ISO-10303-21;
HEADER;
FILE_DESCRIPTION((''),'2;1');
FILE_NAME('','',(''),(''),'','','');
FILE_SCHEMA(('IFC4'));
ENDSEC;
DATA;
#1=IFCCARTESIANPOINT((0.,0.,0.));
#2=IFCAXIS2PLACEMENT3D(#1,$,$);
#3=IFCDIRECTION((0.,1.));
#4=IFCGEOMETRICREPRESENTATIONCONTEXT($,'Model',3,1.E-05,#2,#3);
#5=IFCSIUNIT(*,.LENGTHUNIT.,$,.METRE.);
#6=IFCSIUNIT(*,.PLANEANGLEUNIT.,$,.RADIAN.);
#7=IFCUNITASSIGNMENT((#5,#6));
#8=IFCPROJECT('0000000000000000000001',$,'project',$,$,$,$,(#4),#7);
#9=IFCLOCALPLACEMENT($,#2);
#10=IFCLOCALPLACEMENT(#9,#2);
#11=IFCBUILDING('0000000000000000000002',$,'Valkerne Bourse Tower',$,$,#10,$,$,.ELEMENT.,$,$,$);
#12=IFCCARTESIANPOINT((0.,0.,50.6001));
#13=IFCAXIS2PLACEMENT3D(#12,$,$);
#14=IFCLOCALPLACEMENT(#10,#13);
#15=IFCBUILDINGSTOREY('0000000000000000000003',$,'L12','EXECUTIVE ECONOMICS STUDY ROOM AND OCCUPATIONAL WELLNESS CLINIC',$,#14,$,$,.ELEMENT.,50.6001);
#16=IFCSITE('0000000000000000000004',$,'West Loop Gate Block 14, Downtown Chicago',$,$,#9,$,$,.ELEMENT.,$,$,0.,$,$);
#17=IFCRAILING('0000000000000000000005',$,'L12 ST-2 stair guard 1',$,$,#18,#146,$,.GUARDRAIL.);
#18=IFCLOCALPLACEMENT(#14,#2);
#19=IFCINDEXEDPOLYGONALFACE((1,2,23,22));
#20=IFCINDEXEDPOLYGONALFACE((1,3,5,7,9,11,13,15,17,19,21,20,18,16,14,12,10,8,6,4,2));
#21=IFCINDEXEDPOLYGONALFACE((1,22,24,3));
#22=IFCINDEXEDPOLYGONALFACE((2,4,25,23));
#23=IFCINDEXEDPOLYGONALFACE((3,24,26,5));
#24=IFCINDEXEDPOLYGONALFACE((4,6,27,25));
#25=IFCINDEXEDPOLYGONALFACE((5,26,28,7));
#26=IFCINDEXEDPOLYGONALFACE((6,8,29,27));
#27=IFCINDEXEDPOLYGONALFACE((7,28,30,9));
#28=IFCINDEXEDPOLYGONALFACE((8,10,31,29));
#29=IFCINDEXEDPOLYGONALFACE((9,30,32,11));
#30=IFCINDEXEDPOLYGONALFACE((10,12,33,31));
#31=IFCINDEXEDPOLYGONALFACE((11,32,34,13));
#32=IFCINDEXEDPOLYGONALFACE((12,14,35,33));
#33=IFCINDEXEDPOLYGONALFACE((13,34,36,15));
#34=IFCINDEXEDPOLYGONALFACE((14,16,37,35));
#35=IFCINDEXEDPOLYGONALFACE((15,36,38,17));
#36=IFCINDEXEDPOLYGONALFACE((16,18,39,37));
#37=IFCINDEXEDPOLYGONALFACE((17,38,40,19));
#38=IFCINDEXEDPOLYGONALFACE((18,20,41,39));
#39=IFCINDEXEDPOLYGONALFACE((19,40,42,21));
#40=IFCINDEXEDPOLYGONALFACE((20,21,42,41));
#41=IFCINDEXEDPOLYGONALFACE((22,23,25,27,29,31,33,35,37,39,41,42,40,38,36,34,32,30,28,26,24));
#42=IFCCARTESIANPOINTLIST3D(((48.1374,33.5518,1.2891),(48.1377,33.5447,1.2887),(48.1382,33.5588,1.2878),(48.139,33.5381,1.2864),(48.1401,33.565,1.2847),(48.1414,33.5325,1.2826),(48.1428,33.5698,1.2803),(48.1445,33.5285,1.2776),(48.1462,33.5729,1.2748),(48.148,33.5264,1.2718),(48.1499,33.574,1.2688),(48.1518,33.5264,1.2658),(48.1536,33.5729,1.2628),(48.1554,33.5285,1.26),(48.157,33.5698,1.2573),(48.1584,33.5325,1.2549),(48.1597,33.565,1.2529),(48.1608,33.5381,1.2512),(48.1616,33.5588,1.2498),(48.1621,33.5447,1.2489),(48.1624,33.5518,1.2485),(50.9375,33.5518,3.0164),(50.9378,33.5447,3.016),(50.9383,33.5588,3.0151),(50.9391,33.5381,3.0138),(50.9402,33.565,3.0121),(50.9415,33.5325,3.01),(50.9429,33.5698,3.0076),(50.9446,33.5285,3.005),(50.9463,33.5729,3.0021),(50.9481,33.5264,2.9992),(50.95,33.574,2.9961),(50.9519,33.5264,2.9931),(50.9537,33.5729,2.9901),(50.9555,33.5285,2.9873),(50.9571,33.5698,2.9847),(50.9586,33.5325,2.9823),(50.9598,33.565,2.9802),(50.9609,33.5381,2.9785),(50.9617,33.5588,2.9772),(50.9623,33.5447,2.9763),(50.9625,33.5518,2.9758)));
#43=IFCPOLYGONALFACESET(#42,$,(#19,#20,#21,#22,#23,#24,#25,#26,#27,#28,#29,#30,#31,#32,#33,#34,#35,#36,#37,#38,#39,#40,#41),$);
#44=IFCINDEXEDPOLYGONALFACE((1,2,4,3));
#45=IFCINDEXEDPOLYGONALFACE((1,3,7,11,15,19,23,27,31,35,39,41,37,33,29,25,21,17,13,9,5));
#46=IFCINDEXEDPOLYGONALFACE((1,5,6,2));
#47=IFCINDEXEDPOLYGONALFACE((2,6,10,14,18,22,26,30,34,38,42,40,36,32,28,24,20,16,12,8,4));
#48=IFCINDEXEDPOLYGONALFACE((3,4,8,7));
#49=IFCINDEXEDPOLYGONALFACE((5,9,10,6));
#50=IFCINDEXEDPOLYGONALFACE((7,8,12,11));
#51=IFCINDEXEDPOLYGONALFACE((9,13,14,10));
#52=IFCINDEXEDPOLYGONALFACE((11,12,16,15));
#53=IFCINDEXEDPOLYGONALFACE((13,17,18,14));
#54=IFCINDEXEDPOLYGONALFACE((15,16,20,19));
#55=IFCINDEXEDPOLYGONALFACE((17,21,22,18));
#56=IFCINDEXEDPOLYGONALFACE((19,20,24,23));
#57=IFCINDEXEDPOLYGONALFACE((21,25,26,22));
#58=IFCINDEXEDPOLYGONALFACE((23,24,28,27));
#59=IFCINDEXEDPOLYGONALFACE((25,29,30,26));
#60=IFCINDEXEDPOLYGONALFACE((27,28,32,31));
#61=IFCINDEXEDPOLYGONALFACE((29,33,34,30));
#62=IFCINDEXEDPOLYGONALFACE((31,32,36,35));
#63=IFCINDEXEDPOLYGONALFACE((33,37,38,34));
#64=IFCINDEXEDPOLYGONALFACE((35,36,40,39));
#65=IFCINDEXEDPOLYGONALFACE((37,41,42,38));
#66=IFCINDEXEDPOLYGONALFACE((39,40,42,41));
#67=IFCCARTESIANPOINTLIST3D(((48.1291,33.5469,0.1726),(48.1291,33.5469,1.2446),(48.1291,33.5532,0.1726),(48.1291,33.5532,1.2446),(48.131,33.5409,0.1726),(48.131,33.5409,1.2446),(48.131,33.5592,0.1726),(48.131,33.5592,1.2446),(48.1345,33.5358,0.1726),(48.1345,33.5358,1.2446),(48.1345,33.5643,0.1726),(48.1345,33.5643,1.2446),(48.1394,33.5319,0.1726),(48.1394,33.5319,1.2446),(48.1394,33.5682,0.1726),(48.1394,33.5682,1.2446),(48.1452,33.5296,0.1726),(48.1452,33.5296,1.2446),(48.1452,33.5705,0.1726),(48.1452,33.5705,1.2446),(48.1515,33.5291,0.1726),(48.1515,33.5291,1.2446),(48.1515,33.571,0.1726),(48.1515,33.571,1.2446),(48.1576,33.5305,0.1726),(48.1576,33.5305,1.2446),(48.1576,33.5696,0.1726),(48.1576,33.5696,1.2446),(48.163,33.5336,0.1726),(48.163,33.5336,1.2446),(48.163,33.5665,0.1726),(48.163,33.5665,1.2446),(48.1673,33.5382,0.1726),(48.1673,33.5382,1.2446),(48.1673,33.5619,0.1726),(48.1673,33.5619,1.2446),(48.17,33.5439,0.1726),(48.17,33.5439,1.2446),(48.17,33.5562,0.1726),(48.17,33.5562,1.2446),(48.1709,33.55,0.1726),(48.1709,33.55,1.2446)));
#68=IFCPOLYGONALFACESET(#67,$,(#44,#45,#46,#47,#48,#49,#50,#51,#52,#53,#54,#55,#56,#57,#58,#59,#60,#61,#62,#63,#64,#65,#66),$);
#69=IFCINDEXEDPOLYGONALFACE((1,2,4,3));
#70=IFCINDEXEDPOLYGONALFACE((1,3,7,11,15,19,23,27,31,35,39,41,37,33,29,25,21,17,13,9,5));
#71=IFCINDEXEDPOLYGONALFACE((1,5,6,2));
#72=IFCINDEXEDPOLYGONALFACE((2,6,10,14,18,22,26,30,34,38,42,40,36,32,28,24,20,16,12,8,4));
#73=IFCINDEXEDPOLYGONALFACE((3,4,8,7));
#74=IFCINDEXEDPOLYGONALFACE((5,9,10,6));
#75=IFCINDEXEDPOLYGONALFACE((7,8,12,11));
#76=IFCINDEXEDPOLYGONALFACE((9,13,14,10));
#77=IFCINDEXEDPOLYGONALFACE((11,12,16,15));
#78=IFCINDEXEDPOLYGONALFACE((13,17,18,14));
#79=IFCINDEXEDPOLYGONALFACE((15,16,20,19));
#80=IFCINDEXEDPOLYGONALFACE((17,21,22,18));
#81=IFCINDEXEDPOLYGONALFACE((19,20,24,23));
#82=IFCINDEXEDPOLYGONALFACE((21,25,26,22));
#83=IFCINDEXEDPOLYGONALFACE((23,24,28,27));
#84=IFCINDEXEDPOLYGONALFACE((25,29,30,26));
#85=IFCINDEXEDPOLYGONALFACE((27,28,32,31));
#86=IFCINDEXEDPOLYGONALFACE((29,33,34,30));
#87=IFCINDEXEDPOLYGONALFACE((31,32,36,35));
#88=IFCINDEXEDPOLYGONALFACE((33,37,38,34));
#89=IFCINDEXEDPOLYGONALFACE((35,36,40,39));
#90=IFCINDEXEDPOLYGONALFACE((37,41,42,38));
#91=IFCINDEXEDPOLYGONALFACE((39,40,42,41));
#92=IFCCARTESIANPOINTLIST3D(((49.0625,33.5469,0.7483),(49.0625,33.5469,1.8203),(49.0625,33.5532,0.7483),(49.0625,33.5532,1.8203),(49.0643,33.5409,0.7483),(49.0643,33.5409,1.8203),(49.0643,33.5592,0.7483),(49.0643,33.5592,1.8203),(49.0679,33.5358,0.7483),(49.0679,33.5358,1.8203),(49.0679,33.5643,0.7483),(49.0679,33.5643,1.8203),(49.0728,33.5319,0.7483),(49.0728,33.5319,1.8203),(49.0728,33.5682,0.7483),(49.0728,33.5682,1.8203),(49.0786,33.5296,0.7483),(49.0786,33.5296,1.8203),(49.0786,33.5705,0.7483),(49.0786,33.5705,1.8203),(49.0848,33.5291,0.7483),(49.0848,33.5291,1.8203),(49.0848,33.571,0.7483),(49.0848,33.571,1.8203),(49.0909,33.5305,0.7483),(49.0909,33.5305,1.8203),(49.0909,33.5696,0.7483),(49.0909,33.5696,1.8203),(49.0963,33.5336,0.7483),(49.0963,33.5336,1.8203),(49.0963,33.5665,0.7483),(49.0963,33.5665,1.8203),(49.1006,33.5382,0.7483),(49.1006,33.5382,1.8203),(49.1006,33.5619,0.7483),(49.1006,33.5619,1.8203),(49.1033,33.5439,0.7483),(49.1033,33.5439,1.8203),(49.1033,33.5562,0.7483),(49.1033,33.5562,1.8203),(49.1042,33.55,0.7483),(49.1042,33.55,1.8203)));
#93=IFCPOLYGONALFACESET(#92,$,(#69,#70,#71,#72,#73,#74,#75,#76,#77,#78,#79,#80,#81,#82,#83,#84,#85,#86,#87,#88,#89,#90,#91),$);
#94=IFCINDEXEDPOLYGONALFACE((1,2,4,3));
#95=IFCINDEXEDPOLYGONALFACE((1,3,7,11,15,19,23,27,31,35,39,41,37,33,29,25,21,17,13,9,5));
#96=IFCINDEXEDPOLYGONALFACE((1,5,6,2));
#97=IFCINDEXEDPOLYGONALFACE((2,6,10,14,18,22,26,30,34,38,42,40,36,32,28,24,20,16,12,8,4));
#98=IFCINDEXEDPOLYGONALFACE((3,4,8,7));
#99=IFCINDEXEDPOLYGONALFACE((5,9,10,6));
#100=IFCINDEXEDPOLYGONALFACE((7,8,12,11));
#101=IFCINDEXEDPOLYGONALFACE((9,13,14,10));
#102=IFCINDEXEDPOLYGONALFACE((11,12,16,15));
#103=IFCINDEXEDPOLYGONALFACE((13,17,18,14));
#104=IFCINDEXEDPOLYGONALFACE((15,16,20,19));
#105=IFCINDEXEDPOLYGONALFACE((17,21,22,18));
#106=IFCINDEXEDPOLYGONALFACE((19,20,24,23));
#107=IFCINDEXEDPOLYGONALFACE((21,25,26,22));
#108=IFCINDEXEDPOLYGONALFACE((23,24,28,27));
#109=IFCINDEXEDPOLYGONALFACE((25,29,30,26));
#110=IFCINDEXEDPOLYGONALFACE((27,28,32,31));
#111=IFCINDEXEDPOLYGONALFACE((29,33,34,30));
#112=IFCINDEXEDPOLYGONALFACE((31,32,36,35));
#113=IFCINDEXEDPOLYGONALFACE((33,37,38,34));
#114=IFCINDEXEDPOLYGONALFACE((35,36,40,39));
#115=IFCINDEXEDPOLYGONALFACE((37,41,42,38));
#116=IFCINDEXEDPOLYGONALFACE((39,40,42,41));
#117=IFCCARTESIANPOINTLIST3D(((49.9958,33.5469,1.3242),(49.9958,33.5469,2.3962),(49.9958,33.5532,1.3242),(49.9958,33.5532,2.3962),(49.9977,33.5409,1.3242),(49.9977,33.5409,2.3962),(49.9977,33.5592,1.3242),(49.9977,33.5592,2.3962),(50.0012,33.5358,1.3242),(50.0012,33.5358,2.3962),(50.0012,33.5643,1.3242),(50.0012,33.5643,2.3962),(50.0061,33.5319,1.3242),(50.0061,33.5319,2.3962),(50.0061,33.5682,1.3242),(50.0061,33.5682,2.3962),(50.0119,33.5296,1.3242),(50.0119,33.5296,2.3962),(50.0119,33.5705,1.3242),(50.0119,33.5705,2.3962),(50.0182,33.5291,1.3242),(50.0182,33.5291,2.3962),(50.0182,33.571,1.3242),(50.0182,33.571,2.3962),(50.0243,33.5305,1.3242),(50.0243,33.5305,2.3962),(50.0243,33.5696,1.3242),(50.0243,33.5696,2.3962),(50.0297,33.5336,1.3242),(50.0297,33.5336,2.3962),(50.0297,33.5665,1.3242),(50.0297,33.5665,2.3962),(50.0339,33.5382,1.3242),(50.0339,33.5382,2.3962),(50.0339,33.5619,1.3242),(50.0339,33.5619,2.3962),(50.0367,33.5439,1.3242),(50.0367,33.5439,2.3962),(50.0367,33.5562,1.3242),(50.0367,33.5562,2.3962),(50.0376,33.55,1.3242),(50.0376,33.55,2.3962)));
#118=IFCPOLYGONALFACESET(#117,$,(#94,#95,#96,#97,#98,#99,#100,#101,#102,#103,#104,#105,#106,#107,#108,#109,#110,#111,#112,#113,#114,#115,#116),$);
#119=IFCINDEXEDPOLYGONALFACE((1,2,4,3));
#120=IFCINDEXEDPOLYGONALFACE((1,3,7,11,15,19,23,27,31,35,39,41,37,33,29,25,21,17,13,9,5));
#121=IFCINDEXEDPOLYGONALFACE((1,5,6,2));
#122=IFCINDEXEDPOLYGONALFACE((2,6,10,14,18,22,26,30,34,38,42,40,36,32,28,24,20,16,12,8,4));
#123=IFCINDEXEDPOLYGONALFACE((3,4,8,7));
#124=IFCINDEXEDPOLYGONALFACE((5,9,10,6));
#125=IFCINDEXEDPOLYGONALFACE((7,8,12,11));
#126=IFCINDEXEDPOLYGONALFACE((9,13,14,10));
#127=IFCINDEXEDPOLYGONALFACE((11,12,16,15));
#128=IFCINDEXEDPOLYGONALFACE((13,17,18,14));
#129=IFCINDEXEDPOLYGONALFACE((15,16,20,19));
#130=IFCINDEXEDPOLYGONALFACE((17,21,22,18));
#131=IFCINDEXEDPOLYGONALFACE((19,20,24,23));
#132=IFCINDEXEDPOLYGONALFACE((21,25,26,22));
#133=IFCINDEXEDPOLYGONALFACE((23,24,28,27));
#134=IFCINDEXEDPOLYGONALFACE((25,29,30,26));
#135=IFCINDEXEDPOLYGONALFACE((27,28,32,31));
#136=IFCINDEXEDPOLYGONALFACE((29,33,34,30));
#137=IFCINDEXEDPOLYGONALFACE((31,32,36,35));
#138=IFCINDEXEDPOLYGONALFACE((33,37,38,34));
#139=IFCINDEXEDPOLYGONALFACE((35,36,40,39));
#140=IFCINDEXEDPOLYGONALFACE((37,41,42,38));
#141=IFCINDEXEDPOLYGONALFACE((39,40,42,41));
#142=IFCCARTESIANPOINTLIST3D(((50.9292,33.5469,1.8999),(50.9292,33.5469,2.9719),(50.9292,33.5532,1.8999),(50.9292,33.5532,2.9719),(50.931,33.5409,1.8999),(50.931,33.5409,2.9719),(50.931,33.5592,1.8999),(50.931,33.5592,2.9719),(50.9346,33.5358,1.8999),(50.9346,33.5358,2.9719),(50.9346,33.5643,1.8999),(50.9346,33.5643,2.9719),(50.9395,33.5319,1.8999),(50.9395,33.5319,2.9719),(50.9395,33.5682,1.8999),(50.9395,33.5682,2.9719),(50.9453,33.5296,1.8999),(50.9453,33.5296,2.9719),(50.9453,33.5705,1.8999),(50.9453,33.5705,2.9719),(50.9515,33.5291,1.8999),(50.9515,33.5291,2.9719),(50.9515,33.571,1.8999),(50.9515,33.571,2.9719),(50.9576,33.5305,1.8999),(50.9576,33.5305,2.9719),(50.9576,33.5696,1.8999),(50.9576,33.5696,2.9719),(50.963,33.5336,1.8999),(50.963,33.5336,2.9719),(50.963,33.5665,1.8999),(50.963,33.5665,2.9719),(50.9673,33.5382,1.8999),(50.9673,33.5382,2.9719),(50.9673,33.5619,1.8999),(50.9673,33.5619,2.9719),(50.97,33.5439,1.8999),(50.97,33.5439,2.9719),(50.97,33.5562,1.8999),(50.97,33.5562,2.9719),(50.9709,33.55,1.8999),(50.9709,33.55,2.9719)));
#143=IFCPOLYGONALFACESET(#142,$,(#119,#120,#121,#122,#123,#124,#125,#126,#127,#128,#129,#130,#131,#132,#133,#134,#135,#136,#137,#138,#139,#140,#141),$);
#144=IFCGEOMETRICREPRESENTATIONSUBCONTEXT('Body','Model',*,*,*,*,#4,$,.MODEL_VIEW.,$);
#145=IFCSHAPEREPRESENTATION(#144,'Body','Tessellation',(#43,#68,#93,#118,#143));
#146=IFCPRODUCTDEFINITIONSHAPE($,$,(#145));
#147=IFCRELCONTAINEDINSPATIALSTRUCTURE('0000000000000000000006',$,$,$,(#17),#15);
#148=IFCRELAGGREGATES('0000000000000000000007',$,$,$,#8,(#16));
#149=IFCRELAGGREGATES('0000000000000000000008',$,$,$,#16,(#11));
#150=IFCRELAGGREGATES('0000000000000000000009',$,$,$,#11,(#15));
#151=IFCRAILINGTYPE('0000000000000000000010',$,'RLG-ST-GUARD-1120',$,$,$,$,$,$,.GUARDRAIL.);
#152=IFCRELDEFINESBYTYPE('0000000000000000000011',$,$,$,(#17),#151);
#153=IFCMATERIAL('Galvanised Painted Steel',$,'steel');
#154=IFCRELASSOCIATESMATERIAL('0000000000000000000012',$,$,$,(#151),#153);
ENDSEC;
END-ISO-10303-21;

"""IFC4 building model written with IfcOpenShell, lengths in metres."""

from ifc_helpers import new_model, si_unit, direction, frame, origin, origin_2d, place, context, subcontext, project, spatial, circle, extrude, material, type_object, element, save


model = new_model("IFC4")

# Units and contexts
model_context = context("Model", 3, precision=1e-05, world=origin(), true_north=direction((0.0, 1.0)))
body_context = subcontext(model_context, "Body", "Model", "MODEL_VIEW")
ifc_project = project(units=[si_unit("LENGTHUNIT", "METRE"), si_unit("PLANEANGLEUNIT", "RADIAN")], contexts=[model_context])

# Site, building, storey
site_placement = place(None, origin())
site = spatial("IfcSite", under=ifc_project, at=site_placement, Name="West Loop Gate Block 14, Downtown Chicago", CompositionType="ELEMENT", RefElevation=0.0)
building_placement = place(site_placement, origin())
building = spatial("IfcBuilding", under=site, at=building_placement, Name="Valkerne Bourse Tower", CompositionType="ELEMENT")
storey_placement = place(building_placement, frame((0.0, 0.0, 50.6001)))
storey = spatial("IfcBuildingStorey", under=building, at=storey_placement, Name="L12", Description="EXECUTIVE ECONOMICS STUDY ROOM AND OCCUPATIONAL WELLNESS CLINIC", CompositionType="ELEMENT", Elevation=50.6001)

# Shared definitions
ifc_material_1 = material(Name="Galvanised Painted Steel", Category="steel")

# Railing
railing_type_1 = type_object("IfcRailingType", Name="RLG-ST-GUARD-1120", PredefinedType="GUARDRAIL", material=ifc_material_1)
railing_1_placement = place(storey_placement, frame((48.1499, 33.55, 0.1726)))
element("IfcRailing", 1, at=railing_1_placement, inside=storey, type_object=railing_type_1, Name="L12 ST-2 stair guard 1", PredefinedType="GUARDRAIL", context=body_context, shape_type="SweptSolid", body=[
    extrude(circle(Radius=0.0239, at=origin_2d()), frame((0.0, 0.0, 1.0962), z_axis=(0.85109, 0.0, 0.52502), x_axis=(0.0, 1.0, 0.0)), (0.0, 0.0, 1.0), 3.29),
    extrude(circle(Radius=0.021, at=origin_2d()), origin(), (0.0, 0.0, 1.0), 1.072),
    extrude(circle(Radius=0.021, at=origin_2d()), frame((0.9333, 0.0, 0.5757)), (0.0, 0.0, 1.0), 1.072),
    extrude(circle(Radius=0.021, at=origin_2d()), frame((1.8667, 0.0, 1.1516)), (0.0, 0.0, 1.0), 1.072),
    extrude(circle(Radius=0.021, at=origin_2d()), frame((2.8, 0.0, 1.7273)), (0.0, 0.0, 1.0), 1.072),
])

save(model, "model.ifc")
